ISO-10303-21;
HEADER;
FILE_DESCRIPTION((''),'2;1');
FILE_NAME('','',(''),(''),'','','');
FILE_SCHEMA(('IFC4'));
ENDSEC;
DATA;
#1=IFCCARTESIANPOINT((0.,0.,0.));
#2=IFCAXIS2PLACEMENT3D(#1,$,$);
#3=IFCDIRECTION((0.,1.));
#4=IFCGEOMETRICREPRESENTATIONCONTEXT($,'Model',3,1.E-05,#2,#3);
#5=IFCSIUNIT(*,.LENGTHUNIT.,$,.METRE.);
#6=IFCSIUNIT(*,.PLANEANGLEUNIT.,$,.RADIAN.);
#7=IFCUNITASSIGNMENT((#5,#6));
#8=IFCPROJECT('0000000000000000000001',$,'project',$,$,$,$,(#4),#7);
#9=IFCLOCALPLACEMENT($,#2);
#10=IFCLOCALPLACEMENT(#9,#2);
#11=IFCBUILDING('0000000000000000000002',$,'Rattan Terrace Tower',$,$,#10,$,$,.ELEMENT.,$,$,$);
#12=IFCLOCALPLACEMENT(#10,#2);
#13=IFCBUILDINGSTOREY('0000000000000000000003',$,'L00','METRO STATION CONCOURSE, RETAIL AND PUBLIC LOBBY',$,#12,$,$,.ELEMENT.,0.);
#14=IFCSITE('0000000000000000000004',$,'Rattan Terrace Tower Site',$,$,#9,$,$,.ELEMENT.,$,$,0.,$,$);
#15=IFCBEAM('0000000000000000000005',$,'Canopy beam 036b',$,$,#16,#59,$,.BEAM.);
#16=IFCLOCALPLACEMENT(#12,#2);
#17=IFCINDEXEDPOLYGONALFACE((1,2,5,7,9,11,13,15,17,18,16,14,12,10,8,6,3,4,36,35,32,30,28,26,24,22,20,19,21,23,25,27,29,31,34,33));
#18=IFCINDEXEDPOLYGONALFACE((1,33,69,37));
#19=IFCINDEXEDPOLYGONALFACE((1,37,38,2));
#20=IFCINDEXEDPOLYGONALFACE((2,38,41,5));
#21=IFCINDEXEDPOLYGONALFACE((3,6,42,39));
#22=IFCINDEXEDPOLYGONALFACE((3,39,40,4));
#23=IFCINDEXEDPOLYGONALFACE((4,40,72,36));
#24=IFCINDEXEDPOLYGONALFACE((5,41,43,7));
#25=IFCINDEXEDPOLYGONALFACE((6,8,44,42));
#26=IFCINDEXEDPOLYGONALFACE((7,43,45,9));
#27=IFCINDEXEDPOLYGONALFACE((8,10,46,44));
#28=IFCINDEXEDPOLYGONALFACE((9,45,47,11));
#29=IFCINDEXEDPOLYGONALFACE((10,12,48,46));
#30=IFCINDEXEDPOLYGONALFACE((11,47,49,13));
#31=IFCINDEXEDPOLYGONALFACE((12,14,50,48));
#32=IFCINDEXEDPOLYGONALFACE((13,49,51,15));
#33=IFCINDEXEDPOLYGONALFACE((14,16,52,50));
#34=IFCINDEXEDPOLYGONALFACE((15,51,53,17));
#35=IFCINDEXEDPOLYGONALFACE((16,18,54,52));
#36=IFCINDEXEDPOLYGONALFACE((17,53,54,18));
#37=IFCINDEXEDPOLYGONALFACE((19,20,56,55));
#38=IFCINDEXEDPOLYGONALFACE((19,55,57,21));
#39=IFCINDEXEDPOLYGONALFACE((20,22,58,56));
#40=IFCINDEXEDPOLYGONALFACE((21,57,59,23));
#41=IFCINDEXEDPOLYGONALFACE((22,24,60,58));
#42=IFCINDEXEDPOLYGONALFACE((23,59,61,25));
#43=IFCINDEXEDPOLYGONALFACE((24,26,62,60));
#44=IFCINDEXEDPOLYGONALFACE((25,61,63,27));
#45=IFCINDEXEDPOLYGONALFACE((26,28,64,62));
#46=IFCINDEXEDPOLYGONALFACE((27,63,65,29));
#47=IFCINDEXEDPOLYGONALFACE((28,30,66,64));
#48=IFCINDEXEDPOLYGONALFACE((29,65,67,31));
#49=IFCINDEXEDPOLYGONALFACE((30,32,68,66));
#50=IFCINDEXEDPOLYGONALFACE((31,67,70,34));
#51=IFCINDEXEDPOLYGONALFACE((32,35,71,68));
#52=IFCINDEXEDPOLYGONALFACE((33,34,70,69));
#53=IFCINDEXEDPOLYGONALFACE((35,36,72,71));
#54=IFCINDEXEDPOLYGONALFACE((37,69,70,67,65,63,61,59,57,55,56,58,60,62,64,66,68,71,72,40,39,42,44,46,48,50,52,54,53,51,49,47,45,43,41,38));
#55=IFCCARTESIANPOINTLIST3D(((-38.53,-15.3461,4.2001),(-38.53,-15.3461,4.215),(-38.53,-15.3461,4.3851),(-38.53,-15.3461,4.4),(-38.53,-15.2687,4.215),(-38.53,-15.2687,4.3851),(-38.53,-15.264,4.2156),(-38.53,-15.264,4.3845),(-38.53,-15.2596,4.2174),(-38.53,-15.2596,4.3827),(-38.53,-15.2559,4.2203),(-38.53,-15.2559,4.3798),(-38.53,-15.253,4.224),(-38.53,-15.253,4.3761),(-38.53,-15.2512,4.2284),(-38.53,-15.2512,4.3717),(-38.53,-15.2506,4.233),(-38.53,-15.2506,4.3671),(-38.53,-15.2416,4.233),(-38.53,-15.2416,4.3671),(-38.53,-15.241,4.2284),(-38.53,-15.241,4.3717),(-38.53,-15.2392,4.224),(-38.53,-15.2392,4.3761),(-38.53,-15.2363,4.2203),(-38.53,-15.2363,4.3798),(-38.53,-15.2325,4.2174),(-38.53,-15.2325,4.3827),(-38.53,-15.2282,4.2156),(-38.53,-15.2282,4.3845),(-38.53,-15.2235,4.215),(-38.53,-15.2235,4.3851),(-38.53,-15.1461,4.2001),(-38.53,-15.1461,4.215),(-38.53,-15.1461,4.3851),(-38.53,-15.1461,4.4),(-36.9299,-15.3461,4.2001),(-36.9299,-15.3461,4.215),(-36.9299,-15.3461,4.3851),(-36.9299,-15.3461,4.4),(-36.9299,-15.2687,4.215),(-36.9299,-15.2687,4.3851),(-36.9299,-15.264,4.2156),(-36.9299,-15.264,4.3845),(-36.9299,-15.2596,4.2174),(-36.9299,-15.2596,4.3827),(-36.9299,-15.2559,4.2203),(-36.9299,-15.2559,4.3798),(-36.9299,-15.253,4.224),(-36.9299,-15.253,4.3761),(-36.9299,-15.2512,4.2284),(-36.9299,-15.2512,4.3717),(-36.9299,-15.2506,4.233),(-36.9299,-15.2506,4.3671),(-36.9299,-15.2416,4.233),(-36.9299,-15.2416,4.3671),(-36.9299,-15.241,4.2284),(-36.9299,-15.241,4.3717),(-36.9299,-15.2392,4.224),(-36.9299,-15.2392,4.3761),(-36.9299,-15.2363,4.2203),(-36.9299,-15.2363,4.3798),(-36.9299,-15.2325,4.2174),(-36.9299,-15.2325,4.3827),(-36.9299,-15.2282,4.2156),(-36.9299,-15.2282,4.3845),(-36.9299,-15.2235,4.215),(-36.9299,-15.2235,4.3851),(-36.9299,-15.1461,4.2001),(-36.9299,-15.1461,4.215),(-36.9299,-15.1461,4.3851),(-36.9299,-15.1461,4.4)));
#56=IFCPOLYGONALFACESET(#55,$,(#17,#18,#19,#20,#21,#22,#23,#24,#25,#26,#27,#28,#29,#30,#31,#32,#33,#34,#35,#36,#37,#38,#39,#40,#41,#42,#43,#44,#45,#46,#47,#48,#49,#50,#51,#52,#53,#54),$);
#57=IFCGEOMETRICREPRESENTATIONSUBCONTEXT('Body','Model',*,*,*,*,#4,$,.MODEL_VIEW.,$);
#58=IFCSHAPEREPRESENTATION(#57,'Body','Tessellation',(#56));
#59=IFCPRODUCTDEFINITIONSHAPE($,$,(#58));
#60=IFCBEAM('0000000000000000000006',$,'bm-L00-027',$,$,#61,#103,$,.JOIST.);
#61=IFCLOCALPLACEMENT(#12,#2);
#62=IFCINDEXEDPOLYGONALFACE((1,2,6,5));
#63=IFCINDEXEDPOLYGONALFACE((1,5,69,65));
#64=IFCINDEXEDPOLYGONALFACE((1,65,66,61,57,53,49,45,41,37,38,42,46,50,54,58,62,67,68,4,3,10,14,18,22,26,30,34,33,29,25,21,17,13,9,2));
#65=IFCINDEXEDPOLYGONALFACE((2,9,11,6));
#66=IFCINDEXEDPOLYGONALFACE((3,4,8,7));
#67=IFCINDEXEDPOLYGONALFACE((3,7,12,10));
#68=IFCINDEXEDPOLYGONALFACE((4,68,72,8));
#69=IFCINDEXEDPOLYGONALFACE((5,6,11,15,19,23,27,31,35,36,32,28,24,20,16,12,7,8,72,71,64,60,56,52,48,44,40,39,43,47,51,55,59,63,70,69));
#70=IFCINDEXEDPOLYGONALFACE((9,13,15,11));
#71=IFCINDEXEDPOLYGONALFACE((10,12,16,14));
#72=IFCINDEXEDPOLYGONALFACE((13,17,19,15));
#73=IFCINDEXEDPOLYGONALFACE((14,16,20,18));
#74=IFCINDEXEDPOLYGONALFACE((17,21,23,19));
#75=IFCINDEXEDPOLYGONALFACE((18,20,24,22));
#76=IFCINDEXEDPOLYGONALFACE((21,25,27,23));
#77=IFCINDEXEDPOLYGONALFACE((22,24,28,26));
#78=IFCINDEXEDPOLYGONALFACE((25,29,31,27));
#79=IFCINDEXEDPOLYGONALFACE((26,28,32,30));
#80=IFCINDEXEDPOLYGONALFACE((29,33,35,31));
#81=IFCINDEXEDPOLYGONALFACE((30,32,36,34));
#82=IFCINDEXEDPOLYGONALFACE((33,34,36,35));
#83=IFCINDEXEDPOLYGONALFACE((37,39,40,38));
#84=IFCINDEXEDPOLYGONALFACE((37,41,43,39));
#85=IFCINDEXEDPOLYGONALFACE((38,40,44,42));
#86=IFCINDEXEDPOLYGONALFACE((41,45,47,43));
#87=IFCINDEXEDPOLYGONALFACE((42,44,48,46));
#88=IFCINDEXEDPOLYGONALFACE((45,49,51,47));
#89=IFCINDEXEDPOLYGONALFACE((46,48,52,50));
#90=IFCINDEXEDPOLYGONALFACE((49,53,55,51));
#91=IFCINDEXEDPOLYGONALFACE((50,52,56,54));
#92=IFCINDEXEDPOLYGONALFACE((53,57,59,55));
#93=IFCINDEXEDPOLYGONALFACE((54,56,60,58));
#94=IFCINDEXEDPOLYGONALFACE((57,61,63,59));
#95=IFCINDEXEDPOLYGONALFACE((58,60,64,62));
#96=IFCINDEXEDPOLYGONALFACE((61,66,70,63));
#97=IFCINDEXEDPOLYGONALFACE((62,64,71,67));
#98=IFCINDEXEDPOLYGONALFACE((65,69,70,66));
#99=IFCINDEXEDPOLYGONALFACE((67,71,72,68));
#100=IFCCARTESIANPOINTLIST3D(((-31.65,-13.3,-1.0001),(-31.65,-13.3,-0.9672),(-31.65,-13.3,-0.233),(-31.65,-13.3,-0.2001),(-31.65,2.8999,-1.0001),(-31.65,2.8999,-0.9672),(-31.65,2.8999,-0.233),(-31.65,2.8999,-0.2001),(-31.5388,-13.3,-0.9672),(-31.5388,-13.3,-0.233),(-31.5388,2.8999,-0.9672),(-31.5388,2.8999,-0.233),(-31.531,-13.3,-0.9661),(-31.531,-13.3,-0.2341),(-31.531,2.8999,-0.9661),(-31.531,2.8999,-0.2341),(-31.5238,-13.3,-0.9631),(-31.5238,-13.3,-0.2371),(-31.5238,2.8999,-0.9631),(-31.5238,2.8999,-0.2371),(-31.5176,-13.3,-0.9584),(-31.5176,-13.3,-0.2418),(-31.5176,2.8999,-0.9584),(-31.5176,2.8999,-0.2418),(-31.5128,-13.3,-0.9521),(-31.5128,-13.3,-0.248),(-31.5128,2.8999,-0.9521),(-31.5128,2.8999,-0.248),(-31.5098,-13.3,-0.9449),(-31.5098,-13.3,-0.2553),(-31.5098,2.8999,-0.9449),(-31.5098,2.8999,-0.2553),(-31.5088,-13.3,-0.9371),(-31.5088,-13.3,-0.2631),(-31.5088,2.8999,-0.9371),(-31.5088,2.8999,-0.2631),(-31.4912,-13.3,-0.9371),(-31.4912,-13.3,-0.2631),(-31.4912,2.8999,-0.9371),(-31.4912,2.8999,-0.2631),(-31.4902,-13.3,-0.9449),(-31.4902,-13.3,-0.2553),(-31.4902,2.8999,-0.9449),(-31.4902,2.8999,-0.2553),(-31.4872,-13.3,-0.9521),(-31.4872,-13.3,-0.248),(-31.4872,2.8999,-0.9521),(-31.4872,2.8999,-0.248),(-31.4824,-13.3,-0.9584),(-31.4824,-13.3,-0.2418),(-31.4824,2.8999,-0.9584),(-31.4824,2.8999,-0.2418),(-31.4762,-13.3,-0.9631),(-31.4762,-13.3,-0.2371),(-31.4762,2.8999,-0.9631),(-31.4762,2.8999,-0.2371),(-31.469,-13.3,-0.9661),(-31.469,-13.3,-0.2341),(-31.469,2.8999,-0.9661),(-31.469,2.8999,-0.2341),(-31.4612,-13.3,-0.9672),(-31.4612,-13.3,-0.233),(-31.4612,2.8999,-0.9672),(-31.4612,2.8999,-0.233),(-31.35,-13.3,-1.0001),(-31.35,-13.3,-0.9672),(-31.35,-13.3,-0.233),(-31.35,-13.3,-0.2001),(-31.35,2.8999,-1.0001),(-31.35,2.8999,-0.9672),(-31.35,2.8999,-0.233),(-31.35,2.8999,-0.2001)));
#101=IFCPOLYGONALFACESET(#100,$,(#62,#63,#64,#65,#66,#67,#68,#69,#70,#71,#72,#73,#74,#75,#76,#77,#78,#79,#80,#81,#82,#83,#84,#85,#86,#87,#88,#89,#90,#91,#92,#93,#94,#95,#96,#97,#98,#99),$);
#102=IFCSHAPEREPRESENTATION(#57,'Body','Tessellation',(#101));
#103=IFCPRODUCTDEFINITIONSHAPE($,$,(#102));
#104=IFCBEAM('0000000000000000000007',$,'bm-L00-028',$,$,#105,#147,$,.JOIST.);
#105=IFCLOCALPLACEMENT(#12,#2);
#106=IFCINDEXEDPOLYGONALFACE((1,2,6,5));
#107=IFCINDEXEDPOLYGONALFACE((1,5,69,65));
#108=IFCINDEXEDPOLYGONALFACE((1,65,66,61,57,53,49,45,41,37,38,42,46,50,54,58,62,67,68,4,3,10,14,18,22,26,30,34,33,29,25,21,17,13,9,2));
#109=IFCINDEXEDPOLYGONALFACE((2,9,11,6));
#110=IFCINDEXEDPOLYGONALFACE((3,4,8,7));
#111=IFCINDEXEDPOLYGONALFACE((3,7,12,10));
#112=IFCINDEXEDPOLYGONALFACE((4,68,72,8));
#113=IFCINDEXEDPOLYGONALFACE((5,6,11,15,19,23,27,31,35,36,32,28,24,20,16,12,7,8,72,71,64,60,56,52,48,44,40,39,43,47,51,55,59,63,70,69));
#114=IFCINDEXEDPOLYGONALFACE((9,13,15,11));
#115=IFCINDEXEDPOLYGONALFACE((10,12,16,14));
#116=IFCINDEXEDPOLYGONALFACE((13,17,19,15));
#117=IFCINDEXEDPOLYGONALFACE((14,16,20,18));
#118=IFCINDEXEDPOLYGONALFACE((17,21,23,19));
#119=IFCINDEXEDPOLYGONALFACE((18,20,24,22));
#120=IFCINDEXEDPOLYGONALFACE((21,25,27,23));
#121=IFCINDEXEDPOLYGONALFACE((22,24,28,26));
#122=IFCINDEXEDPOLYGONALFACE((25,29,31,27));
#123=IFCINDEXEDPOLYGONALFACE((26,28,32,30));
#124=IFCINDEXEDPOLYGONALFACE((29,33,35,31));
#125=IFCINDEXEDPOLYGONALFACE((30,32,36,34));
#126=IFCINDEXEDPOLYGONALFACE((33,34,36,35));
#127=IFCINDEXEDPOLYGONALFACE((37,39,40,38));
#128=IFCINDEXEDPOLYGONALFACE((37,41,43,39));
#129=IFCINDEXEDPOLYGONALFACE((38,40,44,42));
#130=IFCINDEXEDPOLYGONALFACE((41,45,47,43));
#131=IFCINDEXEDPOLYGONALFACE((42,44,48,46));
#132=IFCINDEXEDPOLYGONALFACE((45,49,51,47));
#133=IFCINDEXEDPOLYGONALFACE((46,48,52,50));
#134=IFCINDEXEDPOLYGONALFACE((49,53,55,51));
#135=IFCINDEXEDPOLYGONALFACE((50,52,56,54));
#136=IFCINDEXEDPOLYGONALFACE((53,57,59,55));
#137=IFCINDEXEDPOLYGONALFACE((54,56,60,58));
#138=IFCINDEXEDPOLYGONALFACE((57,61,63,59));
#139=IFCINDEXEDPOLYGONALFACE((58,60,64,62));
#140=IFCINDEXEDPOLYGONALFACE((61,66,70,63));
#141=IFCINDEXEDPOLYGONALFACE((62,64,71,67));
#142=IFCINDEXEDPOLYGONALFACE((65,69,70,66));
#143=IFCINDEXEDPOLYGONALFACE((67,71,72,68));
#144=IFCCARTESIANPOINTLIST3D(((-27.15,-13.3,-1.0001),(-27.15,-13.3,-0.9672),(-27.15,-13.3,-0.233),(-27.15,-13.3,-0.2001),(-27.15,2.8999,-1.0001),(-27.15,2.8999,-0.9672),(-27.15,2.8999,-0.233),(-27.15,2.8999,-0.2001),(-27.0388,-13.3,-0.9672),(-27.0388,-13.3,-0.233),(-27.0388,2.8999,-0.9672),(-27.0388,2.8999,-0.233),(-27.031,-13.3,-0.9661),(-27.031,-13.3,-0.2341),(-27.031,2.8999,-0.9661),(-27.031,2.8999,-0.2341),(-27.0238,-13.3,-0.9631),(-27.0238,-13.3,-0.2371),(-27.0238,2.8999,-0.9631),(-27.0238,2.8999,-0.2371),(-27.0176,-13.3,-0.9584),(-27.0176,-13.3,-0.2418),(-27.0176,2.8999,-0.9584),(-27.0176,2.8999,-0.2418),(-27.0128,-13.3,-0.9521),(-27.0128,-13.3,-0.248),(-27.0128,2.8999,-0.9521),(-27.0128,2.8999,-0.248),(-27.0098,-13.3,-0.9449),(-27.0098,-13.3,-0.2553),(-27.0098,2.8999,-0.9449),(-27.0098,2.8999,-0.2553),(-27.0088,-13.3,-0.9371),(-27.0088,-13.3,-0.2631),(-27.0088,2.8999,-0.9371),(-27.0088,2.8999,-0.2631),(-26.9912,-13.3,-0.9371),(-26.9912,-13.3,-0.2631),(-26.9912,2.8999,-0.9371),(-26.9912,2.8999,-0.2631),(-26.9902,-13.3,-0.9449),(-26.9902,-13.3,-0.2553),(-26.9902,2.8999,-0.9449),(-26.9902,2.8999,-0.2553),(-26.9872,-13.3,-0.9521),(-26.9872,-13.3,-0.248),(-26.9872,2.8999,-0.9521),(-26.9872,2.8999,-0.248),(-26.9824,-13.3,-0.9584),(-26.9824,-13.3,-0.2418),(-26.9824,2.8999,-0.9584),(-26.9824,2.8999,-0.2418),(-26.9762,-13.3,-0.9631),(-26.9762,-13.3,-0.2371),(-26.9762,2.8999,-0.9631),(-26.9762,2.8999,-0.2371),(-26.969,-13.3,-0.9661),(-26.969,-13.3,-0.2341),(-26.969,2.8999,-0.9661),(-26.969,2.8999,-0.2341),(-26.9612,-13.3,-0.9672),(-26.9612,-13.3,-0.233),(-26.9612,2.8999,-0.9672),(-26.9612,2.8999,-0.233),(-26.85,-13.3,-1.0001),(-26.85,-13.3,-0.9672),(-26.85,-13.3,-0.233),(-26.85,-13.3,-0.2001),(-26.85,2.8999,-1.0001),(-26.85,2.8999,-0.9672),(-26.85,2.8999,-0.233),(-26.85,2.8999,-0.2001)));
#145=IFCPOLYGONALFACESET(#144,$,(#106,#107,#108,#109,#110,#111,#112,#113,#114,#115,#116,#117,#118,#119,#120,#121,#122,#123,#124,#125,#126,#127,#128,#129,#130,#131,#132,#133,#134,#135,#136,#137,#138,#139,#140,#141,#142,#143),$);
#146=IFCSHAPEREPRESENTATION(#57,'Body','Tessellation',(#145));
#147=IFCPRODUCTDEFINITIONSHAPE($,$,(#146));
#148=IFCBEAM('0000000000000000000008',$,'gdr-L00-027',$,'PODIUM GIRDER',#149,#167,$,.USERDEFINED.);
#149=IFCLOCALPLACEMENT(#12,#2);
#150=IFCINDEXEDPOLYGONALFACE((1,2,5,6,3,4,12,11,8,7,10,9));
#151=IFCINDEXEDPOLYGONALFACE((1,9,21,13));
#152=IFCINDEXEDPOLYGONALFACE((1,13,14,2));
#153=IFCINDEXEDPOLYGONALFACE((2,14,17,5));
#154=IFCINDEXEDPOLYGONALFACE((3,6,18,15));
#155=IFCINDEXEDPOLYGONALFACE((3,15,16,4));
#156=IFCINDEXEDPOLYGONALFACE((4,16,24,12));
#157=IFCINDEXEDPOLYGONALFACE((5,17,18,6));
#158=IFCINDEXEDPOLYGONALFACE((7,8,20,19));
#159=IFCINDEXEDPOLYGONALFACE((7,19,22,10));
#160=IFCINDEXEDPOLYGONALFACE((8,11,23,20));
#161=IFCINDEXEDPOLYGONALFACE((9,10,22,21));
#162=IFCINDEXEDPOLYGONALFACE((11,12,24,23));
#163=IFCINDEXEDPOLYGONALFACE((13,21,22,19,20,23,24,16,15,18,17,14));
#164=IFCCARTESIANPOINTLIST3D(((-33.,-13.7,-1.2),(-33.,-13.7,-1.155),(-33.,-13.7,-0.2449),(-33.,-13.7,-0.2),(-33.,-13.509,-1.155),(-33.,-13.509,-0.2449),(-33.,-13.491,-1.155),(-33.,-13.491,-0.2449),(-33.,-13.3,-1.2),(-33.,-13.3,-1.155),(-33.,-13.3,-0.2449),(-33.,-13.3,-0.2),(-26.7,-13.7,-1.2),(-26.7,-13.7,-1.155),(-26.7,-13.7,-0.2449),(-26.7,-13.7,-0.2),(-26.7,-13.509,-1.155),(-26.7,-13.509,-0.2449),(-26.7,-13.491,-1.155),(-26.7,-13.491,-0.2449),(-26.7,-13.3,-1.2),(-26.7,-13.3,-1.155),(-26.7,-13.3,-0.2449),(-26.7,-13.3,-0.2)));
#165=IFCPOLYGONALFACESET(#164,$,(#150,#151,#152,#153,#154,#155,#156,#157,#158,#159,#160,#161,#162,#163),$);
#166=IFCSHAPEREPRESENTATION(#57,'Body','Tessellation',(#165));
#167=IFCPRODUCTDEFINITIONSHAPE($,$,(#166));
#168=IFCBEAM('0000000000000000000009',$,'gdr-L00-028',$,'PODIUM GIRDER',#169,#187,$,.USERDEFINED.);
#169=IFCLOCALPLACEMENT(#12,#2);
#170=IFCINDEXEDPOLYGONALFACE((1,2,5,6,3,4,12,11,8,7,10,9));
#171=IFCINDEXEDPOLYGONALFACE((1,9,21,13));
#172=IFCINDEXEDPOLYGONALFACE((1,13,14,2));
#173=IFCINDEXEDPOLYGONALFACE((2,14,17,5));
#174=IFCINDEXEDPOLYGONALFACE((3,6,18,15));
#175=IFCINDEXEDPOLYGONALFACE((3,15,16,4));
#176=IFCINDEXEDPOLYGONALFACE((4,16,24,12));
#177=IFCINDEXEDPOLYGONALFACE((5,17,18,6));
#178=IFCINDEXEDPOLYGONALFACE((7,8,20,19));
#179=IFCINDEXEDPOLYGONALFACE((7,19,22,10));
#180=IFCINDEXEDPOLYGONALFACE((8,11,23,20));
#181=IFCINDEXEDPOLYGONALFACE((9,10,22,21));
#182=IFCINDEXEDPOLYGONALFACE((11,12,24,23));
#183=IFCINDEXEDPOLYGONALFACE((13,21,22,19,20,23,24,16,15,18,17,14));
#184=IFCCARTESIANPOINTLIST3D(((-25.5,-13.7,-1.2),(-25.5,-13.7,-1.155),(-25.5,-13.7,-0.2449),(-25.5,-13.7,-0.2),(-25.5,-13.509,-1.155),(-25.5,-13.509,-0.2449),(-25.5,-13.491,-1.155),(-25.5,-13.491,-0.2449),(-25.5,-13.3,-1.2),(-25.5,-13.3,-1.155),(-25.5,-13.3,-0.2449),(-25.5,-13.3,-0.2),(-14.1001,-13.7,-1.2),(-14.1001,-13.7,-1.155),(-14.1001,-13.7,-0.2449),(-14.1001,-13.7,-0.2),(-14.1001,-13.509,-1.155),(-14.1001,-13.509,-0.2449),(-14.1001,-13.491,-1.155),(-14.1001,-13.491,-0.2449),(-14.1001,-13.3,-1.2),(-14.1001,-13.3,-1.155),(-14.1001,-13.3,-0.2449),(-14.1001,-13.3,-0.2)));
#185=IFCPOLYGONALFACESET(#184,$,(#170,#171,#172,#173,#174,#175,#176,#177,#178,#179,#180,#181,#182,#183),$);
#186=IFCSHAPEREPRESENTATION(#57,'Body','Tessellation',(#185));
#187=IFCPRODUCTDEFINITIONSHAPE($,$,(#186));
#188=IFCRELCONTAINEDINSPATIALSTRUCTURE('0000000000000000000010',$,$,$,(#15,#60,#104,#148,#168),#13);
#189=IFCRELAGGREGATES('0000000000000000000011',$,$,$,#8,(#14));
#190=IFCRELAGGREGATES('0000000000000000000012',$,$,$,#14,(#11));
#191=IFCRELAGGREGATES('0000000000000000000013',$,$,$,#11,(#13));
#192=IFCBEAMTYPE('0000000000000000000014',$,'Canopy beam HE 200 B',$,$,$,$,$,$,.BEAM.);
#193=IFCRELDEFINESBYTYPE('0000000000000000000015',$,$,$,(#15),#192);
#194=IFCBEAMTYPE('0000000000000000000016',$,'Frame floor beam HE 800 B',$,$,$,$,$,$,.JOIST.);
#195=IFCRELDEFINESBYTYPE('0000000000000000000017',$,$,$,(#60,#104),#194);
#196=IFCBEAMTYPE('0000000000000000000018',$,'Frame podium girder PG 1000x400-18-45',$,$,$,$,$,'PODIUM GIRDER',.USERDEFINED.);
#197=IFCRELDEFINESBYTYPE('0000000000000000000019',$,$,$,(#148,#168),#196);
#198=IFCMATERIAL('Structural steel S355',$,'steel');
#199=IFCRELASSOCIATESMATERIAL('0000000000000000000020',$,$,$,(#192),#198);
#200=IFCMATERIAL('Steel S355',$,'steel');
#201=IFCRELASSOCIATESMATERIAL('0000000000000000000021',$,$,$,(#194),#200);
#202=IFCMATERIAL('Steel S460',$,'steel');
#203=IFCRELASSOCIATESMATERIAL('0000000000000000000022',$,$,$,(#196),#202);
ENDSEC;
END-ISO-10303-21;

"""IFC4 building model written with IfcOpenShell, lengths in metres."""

from ifc_helpers import new_model, si_unit, direction, frame, origin, origin_2d, place, context, subcontext, project, spatial, i_section, extrude, material, material_profile, profile_set, type_object, element, save


model = new_model("IFC4")

# Units and contexts
model_context = context("Model", 3, precision=1e-05, world=origin(), true_north=direction((0.0, 1.0)))
body_context = subcontext(model_context, "Body", "Model", "MODEL_VIEW")
ifc_project = project(units=[si_unit("LENGTHUNIT", "METRE"), si_unit("PLANEANGLEUNIT", "RADIAN")], contexts=[model_context])

# Site, building, storey
site_placement = place(None, origin())
site = spatial("IfcSite", under=ifc_project, at=site_placement, Name="Rattan Terrace Tower Site", CompositionType="ELEMENT", RefElevation=0.0)
building_placement = place(site_placement, origin())
building = spatial("IfcBuilding", under=site, at=building_placement, Name="Rattan Terrace Tower", CompositionType="ELEMENT")
storey_placement = place(building_placement, origin())
storey = spatial("IfcBuildingStorey", under=building, at=storey_placement, Name="L00", Description="METRO STATION CONCOURSE, RETAIL AND PUBLIC LOBBY", CompositionType="ELEMENT", Elevation=0.0)

# Beams
ifc_material_1 = material(Name="Structural steel S355", Category="steel")
ifc_material_profile_1 = material_profile(ifc_material_1, i_section(OverallWidth=0.2, OverallDepth=0.2, WebThickness=0.009, FlangeThickness=0.0149, FilletRadius=0.0181, at=origin_2d()), Name="HE 200 B")
ifc_profile_set_1 = profile_set([ifc_material_profile_1], Name="Structural steel S355")
beam_type_1 = type_object("IfcBeamType", Name="Canopy beam HE 200 B", PredefinedType="BEAM", material=ifc_profile_set_1)
for number, where, z_axis, x_axis, name in (
    (1, (-36.9299, -15.2461, 4.3), (-1.0, 0.0, 0.0), (0.0, -1.0, 0.0), "Canopy beam 036b"),
):
    element("IfcBeam", number, at=place(storey_placement, frame(where, z_axis=z_axis, x_axis=x_axis)), inside=storey, type_object=beam_type_1, Name=name, PredefinedType="BEAM", context=body_context, shape_type="SweptSolid", body=[
        extrude(i_section(OverallWidth=0.2, OverallDepth=0.2, WebThickness=0.009, FlangeThickness=0.0149, FilletRadius=0.0181, at=origin_2d()), origin(), (0.0, 0.0, 1.0), 1.6001),
    ])
ifc_material_2 = material(Name="Steel S355", Category="steel")
ifc_material_profile_2 = material_profile(ifc_material_2, i_section(OverallWidth=0.3, OverallDepth=0.8, WebThickness=0.0176, FlangeThickness=0.033, FilletRadius=0.03, at=origin_2d()), Name="HE 800 B")
ifc_profile_set_2 = profile_set([ifc_material_profile_2], Name="Steel S355")
beam_type_2 = type_object("IfcBeamType", Name="Frame floor beam HE 800 B", PredefinedType="JOIST", material=ifc_profile_set_2)
for number, where, z_axis, x_axis, name in (
    (2, (-31.5, -13.3, -0.6001), (0.0, 1.0, 0.0), (-1.0, 0.0, 0.0), "bm-L00-027"),
    (3, (-27.0, -13.3, -0.6001), (0.0, 1.0, 0.0), (-1.0, 0.0, 0.0), "bm-L00-028"),
):
    element("IfcBeam", number, at=place(storey_placement, frame(where, z_axis=z_axis, x_axis=x_axis)), inside=storey, type_object=beam_type_2, Name=name, PredefinedType="JOIST", context=body_context, shape_type="SweptSolid", body=[
        extrude(i_section(OverallWidth=0.3, OverallDepth=0.8, WebThickness=0.0176, FlangeThickness=0.033, FilletRadius=0.03, at=origin_2d()), origin(), (0.0, 0.0, 1.0), 16.2),
    ])
ifc_material_3 = material(Name="Steel S460", Category="steel")
ifc_material_profile_3 = material_profile(ifc_material_3, i_section(OverallWidth=0.3999, OverallDepth=1.0, WebThickness=0.0181, FlangeThickness=0.0449, at=origin_2d()), Name="PG 1000x400-18-45")
ifc_profile_set_3 = profile_set([ifc_material_profile_3], Name="Steel S460")
beam_type_3 = type_object("IfcBeamType", Name="Frame podium girder PG 1000x400-18-45", ElementType="PODIUM GIRDER", PredefinedType="USERDEFINED", material=ifc_profile_set_3)
beam_1_placement = place(storey_placement, frame((-33.0, -13.5, -0.7), z_axis=(1.0, 0.0, 0.0), x_axis=(0.0, 1.0, 0.0)))
element("IfcBeam", 4, at=beam_1_placement, inside=storey, type_object=beam_type_3, Name="gdr-L00-027", ObjectType="PODIUM GIRDER", PredefinedType="USERDEFINED", context=body_context, shape_type="SweptSolid", body=[
    extrude(i_section(OverallWidth=0.3999, OverallDepth=1.0, WebThickness=0.0181, FlangeThickness=0.0449, at=origin_2d()), origin(), (0.0, 0.0, 1.0), 6.3),
])
beam_2_placement = place(storey_placement, frame((-25.5, -13.5, -0.7), z_axis=(1.0, 0.0, 0.0), x_axis=(0.0, 1.0, 0.0)))
element("IfcBeam", 5, at=beam_2_placement, inside=storey, type_object=beam_type_3, Name="gdr-L00-028", ObjectType="PODIUM GIRDER", PredefinedType="USERDEFINED", context=body_context, shape_type="SweptSolid", body=[
    extrude(i_section(OverallWidth=0.3999, OverallDepth=1.0, WebThickness=0.0181, FlangeThickness=0.0449, at=origin_2d()), origin(), (0.0, 0.0, 1.0), 11.3999),
])

save(model, "model.ifc")
